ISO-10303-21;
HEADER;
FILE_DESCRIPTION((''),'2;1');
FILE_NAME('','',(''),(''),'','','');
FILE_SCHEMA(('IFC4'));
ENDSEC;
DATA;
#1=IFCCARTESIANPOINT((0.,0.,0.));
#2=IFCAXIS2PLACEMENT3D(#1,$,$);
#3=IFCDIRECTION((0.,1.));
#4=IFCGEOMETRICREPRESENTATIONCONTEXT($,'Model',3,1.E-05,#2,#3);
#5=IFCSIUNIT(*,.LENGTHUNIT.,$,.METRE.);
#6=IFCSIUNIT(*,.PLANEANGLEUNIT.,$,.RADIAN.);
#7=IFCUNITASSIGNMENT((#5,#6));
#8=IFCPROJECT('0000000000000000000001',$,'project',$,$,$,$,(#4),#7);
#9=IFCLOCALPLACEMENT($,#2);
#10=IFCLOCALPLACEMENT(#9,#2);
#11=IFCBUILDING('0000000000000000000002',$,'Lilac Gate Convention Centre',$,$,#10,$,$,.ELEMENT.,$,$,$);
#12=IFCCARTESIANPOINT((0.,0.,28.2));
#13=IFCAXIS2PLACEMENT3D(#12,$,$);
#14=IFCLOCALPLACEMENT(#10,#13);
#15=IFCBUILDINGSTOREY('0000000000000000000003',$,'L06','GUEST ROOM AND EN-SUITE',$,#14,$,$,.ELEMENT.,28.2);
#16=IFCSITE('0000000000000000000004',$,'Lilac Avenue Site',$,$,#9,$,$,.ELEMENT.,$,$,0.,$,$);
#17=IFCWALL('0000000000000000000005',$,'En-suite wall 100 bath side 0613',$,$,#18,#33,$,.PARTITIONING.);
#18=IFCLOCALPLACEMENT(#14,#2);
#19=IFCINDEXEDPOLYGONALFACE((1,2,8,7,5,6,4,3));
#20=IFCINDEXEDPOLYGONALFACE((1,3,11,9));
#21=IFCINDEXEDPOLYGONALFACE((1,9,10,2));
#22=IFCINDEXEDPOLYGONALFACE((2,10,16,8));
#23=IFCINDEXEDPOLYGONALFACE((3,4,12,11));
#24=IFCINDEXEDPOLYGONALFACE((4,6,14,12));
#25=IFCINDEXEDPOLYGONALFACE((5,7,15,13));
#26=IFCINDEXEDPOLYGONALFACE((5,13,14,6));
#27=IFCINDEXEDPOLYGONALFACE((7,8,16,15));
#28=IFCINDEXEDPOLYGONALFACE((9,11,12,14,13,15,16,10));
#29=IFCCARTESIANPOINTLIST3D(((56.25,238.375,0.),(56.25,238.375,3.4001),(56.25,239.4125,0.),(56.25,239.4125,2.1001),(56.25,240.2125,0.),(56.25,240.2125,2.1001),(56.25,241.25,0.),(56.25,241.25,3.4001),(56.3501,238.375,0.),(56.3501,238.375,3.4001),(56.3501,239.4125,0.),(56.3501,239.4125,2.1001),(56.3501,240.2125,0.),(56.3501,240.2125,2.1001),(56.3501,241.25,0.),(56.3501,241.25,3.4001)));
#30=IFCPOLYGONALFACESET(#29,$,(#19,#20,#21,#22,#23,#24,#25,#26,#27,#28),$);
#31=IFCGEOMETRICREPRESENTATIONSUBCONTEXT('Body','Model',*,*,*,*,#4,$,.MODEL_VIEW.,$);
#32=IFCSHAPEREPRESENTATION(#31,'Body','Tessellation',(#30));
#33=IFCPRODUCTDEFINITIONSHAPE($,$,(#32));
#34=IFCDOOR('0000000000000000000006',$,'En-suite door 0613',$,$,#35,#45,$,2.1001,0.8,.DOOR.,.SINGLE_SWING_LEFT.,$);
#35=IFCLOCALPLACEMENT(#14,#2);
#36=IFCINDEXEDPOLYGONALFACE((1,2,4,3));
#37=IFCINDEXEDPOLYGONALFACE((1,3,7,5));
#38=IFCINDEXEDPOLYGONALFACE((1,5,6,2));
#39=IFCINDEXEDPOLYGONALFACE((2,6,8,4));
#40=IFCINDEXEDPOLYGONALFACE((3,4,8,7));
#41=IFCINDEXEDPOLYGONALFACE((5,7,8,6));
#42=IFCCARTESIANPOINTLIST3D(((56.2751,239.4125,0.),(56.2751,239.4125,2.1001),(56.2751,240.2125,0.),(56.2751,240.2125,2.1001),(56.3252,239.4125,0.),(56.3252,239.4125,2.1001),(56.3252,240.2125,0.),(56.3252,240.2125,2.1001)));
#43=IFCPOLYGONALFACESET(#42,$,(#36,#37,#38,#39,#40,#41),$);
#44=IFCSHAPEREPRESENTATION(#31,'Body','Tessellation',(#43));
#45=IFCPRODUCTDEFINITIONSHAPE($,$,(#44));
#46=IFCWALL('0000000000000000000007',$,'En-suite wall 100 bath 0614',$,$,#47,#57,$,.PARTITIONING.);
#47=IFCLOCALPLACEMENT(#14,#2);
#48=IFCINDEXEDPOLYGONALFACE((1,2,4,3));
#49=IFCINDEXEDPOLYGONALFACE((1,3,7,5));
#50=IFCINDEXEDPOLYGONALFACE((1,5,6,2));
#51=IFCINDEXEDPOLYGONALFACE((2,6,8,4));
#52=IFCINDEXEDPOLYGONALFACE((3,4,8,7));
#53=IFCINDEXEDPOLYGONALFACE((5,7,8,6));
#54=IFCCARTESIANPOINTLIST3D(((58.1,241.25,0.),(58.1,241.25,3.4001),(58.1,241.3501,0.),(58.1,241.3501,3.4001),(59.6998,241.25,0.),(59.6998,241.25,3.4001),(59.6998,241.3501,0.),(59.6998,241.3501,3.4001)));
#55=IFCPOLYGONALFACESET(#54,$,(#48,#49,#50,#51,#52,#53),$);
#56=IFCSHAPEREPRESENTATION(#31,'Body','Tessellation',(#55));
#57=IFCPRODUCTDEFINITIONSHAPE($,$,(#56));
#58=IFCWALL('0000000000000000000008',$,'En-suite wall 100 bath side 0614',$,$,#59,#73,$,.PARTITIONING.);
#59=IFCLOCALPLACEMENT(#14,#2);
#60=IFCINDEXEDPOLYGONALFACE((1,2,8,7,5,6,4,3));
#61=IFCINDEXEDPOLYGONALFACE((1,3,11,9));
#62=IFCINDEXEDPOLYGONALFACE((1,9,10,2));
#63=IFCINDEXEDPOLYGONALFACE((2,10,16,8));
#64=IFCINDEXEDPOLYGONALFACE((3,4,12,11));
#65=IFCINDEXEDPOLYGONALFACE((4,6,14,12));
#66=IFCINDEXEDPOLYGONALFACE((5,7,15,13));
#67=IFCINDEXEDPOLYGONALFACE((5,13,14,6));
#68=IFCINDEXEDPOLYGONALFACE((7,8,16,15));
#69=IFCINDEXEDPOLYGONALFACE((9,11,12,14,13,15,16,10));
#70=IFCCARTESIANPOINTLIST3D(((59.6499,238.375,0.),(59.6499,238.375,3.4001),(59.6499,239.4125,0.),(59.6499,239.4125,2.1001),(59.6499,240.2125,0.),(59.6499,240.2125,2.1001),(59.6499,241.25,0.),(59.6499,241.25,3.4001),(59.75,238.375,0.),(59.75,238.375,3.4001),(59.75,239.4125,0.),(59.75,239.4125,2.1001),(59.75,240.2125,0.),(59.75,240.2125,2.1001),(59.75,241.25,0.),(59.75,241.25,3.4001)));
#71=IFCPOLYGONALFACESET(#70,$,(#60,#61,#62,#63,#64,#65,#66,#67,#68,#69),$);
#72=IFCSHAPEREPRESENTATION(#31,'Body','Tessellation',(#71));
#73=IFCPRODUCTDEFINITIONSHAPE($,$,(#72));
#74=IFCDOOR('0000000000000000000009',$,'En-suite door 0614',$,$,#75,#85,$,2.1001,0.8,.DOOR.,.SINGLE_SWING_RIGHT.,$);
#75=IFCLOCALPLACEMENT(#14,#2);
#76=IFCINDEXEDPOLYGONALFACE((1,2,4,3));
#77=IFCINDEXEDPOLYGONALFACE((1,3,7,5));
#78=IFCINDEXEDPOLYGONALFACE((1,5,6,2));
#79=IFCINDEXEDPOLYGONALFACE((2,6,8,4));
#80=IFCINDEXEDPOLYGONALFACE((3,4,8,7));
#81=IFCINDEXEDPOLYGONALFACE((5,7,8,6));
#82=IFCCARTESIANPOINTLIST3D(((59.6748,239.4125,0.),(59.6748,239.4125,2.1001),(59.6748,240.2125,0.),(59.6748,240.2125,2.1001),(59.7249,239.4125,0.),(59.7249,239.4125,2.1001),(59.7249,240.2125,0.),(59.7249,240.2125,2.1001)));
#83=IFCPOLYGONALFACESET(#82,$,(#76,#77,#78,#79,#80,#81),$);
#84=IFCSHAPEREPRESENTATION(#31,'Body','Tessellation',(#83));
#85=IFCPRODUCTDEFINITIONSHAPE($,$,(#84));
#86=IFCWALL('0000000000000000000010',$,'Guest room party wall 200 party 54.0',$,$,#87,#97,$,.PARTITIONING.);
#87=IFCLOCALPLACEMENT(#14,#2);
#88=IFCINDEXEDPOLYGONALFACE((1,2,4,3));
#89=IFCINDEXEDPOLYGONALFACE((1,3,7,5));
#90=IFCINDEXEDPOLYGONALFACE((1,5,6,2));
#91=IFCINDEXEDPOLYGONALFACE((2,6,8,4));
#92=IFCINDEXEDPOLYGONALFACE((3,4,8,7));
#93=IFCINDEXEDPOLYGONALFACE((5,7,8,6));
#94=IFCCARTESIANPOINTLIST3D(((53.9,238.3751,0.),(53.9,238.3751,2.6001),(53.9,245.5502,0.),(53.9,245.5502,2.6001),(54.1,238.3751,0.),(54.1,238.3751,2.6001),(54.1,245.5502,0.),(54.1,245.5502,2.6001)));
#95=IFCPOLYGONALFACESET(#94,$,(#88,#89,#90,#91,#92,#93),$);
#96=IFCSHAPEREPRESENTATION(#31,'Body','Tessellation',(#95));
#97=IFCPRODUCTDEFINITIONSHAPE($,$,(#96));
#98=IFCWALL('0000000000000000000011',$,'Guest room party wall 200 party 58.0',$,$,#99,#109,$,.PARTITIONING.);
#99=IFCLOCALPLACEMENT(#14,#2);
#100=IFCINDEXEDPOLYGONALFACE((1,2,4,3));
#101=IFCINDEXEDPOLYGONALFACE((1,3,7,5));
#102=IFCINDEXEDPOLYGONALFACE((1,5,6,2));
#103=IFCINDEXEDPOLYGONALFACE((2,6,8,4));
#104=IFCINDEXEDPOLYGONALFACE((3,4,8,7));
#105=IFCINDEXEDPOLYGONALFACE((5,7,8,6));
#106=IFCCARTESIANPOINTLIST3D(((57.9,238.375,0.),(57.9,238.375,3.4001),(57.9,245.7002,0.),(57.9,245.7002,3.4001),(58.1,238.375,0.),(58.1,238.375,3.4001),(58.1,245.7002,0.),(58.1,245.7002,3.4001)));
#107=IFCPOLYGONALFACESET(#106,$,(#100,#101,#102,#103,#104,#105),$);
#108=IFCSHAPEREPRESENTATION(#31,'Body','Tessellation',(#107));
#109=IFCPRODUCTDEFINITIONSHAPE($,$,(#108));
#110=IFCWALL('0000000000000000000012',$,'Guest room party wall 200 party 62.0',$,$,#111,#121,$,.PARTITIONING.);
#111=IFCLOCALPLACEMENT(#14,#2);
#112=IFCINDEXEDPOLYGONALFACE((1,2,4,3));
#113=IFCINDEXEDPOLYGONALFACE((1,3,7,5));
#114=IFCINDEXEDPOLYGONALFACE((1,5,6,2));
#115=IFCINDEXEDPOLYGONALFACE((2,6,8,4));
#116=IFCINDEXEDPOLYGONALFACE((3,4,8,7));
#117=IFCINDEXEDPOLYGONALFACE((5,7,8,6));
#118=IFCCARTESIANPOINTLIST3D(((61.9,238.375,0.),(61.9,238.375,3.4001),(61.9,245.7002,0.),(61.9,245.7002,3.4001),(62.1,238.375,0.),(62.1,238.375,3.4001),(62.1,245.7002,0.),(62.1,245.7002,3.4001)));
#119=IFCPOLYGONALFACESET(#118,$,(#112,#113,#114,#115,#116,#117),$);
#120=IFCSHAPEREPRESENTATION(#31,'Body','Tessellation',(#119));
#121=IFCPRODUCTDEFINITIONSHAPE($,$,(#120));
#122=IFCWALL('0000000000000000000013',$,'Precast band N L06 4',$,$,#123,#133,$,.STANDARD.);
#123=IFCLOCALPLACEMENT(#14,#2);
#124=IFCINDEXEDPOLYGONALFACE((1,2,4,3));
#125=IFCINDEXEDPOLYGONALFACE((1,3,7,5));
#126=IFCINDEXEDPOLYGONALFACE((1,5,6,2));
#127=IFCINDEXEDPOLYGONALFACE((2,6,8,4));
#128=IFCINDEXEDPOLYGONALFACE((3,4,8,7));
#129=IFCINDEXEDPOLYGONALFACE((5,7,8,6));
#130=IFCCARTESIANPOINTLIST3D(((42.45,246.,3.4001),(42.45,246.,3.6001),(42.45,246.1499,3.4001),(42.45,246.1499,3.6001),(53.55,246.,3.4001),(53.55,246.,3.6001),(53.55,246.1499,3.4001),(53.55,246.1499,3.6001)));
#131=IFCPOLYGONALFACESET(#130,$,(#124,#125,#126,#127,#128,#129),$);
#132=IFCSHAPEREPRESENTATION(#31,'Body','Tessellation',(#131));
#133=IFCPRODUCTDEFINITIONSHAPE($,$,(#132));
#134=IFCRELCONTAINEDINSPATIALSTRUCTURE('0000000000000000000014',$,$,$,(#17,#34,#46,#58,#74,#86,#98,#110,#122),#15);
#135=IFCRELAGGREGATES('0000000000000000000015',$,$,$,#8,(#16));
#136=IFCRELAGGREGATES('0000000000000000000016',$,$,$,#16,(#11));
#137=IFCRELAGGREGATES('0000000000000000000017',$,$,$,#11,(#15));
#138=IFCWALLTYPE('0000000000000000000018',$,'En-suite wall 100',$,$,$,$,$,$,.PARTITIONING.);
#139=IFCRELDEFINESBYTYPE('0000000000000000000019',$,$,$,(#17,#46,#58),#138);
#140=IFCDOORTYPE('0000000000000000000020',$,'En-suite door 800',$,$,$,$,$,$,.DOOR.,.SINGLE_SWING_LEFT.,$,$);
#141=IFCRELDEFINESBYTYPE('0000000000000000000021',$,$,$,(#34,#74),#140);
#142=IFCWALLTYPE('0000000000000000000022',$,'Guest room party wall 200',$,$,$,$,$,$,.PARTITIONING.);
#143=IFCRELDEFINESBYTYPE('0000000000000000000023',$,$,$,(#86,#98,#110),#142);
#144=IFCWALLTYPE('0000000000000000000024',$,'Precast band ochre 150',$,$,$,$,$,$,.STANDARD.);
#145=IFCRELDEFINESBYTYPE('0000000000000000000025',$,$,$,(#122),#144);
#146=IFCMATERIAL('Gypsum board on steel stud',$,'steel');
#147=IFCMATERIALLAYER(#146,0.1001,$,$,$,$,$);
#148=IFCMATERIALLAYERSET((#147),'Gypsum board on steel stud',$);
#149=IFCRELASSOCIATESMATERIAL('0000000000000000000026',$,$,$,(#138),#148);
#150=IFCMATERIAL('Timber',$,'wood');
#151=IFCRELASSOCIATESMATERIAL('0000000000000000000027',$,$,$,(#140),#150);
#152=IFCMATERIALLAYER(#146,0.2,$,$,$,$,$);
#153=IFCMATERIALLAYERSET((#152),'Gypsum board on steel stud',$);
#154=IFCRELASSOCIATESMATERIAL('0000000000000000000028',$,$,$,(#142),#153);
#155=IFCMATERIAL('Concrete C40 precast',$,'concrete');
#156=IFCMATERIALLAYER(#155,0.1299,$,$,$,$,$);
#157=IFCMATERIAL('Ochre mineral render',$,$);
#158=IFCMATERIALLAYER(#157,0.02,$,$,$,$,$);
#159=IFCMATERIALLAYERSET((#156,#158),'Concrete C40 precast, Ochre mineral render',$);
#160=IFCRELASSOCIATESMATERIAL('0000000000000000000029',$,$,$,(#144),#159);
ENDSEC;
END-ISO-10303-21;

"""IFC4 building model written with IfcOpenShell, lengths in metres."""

from ifc_helpers import new_model, si_unit, direction, frame, frame_2d, origin, place, context, subcontext, project, spatial, rectangle, extrude, material, layer, layer_set, type_object, element, fill, save


model = new_model("IFC4")

# Units and contexts
model_context = context("Model", 3, precision=1e-05, world=origin(), true_north=direction((0.0, 1.0)))
body_context = subcontext(model_context, "Body", "Model", "MODEL_VIEW")
ifc_project = project(units=[si_unit("LENGTHUNIT", "METRE"), si_unit("PLANEANGLEUNIT", "RADIAN")], contexts=[model_context])

# Site, building, storey
site_placement = place(None, origin())
site = spatial("IfcSite", under=ifc_project, at=site_placement, Name="Lilac Avenue Site", CompositionType="ELEMENT", RefElevation=0.0)
building_placement = place(site_placement, origin())
building = spatial("IfcBuilding", under=site, at=building_placement, Name="Lilac Gate Convention Centre", CompositionType="ELEMENT")
storey_placement = place(building_placement, frame((0.0, 0.0, 28.2)))
storey = spatial("IfcBuildingStorey", under=building, at=storey_placement, Name="L06", Description="GUEST ROOM AND EN-SUITE", CompositionType="ELEMENT", Elevation=28.2)

# Shared definitions
ifc_material_1 = material(Name="Gypsum board on steel stud", Category="steel")
ifc_material_2 = material(Name="Timber", Category="wood")

# Shared definitions
ifc_layer_1 = layer(ifc_material_1, 0.1001)
ifc_layer_set_1 = layer_set([ifc_layer_1], Name="Gypsum board on steel stud")
wall_type_1 = type_object("IfcWallType", Name="En-suite wall 100", PredefinedType="PARTITIONING", material=ifc_layer_set_1)

# Wall, opening, door
wall_1_placement = place(storey_placement, frame((56.3, 238.375, 0.0), z_axis=(0.0, 0.0, 1.0), x_axis=(0.0, 1.0, 0.0)))
wall_1 = element("IfcWall", 1, at=wall_1_placement, inside=storey, type_object=wall_type_1, Name="En-suite wall 100 bath side 0613", PredefinedType="PARTITIONING", context=body_context, shape_type="SweptSolid", body=[
    extrude(rectangle(XDim=2.875, YDim=0.1001, at=frame_2d((1.4375, 0.0))), origin(), (0.0, 0.0, 1.0), 3.4001),
])
opening_1_placement = place(wall_1_placement, frame((1.0376, 0.0, 0.0)))
opening_1 = element("IfcOpeningElement", 2, at=opening_1_placement, cuts=wall_1, PredefinedType="OPENING", context=body_context, shape_type="SweptSolid", body=[
    extrude(rectangle(XDim=0.8, YDim=2.1001, at=frame_2d((0.3999, 1.05))), frame((0.0, 0.0601, 0.0), z_axis=(0.0, -1.0, 0.0), x_axis=(1.0, 0.0, 0.0)), (0.0, 0.0, 1.0), 0.1201),
])
door_type_1 = type_object("IfcDoorType", Name="En-suite door 800", OperationType="SINGLE_SWING_LEFT", PredefinedType="DOOR", material=ifc_material_2)
door_1_placement = place(opening_1_placement, origin())
door_1 = element("IfcDoor", 3, at=door_1_placement, inside=storey, type_object=door_type_1, Name="En-suite door 0613", OperationType="SINGLE_SWING_LEFT", OverallHeight=2.1001, OverallWidth=0.8, PredefinedType="DOOR", context=body_context, shape_type="SweptSolid", body=[
    extrude(rectangle(XDim=0.8, YDim=2.1001, at=frame_2d((0.3999, 1.05))), frame((0.0, 0.0249, 0.0), z_axis=(0.0, -1.0, 0.0), x_axis=(1.0, 0.0, 0.0)), (0.0, 0.0, 1.0), 0.05),
])
fill(opening_1, door_1)

# Wall
wall_2_placement = place(storey_placement, frame((58.1001, 241.3, 0.0), z_axis=(0.0, 0.0, 1.0), x_axis=(1.0, 0.0, 0.0)))
element("IfcWall", 4, at=wall_2_placement, inside=storey, type_object=wall_type_1, Name="En-suite wall 100 bath 0614", PredefinedType="PARTITIONING", context=body_context, shape_type="SweptSolid", body=[
    extrude(rectangle(XDim=1.5999, YDim=0.1001, at=frame_2d((0.7998, 0.0))), origin(), (0.0, 0.0, 1.0), 3.4001),
])

# Wall, opening, door
wall_3_placement = place(storey_placement, frame((59.7, 241.25, 0.0), z_axis=(0.0, 0.0, 1.0), x_axis=(0.0, -1.0, 0.0)))
wall_3 = element("IfcWall", 5, at=wall_3_placement, inside=storey, type_object=wall_type_1, Name="En-suite wall 100 bath side 0614", PredefinedType="PARTITIONING", context=body_context, shape_type="SweptSolid", body=[
    extrude(rectangle(XDim=2.875, YDim=0.1001, at=frame_2d((1.4375, 0.0))), origin(), (0.0, 0.0, 1.0), 3.4001),
])
opening_2_placement = place(wall_3_placement, frame((1.0376, 0.0, 0.0)))
opening_2 = element("IfcOpeningElement", 6, at=opening_2_placement, cuts=wall_3, PredefinedType="OPENING", context=body_context, shape_type="SweptSolid", body=[
    extrude(rectangle(XDim=0.8, YDim=2.1001, at=frame_2d((0.3999, 1.05))), frame((0.0, 0.0601, 0.0), z_axis=(0.0, -1.0, 0.0), x_axis=(1.0, 0.0, 0.0)), (0.0, 0.0, 1.0), 0.1201),
])
door_2_placement = place(opening_2_placement, origin())
door_2 = element("IfcDoor", 7, at=door_2_placement, inside=storey, type_object=door_type_1, Name="En-suite door 0614", OperationType="SINGLE_SWING_RIGHT", OverallHeight=2.1001, OverallWidth=0.8, PredefinedType="DOOR", context=body_context, shape_type="SweptSolid", body=[
    extrude(rectangle(XDim=0.8, YDim=2.1001, at=frame_2d((0.3999, 1.05))), frame((0.0, 0.0249, 0.0), z_axis=(0.0, -1.0, 0.0), x_axis=(1.0, 0.0, 0.0)), (0.0, 0.0, 1.0), 0.05),
])
fill(opening_2, door_2)

# Walls
ifc_layer_2 = layer(ifc_material_1, 0.2)
ifc_layer_set_2 = layer_set([ifc_layer_2], Name="Gypsum board on steel stud")
wall_type_2 = type_object("IfcWallType", Name="Guest room party wall 200", PredefinedType="PARTITIONING", material=ifc_layer_set_2)
wall_4_placement = place(storey_placement, frame((54.0, 245.55, 0.0), z_axis=(0.0, 0.0, 1.0), x_axis=(0.0, -1.0, 0.0)))
element("IfcWall", 8, at=wall_4_placement, inside=storey, type_object=wall_type_2, Name="Guest room party wall 200 party 54.0", PredefinedType="PARTITIONING", context=body_context, shape_type="SweptSolid", body=[
    extrude(rectangle(XDim=7.175, YDim=0.2, at=frame_2d((3.5874, 0.0))), origin(), (0.0, 0.0, 1.0), 2.6001),
])
for number, where, z_axis, x_axis, name in (
    (9, (58.0, 245.7002, 0.0), (0.0, 0.0, 1.0), (0.0, -1.0, 0.0), "Guest room party wall 200 party 58.0"),
    (10, (62.0, 245.7002, 0.0), (0.0, 0.0, 1.0), (0.0, -1.0, 0.0), "Guest room party wall 200 party 62.0"),
):
    element("IfcWall", number, at=place(storey_placement, frame(where, z_axis=z_axis, x_axis=x_axis)), inside=storey, type_object=wall_type_2, Name=name, PredefinedType="PARTITIONING", context=body_context, shape_type="SweptSolid", body=[
        extrude(rectangle(XDim=7.3252, YDim=0.2, at=frame_2d((3.6626, 0.0))), origin(), (0.0, 0.0, 1.0), 3.4001),
    ])
ifc_material_3 = material(Name="Concrete C40 precast", Category="concrete")
ifc_layer_3 = layer(ifc_material_3, 0.1299)
ifc_material_4 = material(Name="Ochre mineral render")
ifc_layer_4 = layer(ifc_material_4, 0.02)
ifc_layer_set_3 = layer_set([ifc_layer_3, ifc_layer_4], Name="Concrete C40 precast, Ochre mineral render")
wall_type_3 = type_object("IfcWallType", Name="Precast band ochre 150", PredefinedType="STANDARD", material=ifc_layer_set_3)
wall_5_placement = place(storey_placement, frame((53.55, 246.075, 3.4001), z_axis=(0.0, 0.0, 1.0), x_axis=(-1.0, 0.0, 0.0)))
element("IfcWall", 11, at=wall_5_placement, inside=storey, type_object=wall_type_3, Name="Precast band N L06 4", PredefinedType="STANDARD", context=body_context, shape_type="SweptSolid", body=[
    extrude(rectangle(XDim=11.1001, YDim=0.1499, at=frame_2d((5.55, 0.0))), origin(), (0.0, 0.0, 1.0), 0.2),
])

save(model, "model.ifc")
